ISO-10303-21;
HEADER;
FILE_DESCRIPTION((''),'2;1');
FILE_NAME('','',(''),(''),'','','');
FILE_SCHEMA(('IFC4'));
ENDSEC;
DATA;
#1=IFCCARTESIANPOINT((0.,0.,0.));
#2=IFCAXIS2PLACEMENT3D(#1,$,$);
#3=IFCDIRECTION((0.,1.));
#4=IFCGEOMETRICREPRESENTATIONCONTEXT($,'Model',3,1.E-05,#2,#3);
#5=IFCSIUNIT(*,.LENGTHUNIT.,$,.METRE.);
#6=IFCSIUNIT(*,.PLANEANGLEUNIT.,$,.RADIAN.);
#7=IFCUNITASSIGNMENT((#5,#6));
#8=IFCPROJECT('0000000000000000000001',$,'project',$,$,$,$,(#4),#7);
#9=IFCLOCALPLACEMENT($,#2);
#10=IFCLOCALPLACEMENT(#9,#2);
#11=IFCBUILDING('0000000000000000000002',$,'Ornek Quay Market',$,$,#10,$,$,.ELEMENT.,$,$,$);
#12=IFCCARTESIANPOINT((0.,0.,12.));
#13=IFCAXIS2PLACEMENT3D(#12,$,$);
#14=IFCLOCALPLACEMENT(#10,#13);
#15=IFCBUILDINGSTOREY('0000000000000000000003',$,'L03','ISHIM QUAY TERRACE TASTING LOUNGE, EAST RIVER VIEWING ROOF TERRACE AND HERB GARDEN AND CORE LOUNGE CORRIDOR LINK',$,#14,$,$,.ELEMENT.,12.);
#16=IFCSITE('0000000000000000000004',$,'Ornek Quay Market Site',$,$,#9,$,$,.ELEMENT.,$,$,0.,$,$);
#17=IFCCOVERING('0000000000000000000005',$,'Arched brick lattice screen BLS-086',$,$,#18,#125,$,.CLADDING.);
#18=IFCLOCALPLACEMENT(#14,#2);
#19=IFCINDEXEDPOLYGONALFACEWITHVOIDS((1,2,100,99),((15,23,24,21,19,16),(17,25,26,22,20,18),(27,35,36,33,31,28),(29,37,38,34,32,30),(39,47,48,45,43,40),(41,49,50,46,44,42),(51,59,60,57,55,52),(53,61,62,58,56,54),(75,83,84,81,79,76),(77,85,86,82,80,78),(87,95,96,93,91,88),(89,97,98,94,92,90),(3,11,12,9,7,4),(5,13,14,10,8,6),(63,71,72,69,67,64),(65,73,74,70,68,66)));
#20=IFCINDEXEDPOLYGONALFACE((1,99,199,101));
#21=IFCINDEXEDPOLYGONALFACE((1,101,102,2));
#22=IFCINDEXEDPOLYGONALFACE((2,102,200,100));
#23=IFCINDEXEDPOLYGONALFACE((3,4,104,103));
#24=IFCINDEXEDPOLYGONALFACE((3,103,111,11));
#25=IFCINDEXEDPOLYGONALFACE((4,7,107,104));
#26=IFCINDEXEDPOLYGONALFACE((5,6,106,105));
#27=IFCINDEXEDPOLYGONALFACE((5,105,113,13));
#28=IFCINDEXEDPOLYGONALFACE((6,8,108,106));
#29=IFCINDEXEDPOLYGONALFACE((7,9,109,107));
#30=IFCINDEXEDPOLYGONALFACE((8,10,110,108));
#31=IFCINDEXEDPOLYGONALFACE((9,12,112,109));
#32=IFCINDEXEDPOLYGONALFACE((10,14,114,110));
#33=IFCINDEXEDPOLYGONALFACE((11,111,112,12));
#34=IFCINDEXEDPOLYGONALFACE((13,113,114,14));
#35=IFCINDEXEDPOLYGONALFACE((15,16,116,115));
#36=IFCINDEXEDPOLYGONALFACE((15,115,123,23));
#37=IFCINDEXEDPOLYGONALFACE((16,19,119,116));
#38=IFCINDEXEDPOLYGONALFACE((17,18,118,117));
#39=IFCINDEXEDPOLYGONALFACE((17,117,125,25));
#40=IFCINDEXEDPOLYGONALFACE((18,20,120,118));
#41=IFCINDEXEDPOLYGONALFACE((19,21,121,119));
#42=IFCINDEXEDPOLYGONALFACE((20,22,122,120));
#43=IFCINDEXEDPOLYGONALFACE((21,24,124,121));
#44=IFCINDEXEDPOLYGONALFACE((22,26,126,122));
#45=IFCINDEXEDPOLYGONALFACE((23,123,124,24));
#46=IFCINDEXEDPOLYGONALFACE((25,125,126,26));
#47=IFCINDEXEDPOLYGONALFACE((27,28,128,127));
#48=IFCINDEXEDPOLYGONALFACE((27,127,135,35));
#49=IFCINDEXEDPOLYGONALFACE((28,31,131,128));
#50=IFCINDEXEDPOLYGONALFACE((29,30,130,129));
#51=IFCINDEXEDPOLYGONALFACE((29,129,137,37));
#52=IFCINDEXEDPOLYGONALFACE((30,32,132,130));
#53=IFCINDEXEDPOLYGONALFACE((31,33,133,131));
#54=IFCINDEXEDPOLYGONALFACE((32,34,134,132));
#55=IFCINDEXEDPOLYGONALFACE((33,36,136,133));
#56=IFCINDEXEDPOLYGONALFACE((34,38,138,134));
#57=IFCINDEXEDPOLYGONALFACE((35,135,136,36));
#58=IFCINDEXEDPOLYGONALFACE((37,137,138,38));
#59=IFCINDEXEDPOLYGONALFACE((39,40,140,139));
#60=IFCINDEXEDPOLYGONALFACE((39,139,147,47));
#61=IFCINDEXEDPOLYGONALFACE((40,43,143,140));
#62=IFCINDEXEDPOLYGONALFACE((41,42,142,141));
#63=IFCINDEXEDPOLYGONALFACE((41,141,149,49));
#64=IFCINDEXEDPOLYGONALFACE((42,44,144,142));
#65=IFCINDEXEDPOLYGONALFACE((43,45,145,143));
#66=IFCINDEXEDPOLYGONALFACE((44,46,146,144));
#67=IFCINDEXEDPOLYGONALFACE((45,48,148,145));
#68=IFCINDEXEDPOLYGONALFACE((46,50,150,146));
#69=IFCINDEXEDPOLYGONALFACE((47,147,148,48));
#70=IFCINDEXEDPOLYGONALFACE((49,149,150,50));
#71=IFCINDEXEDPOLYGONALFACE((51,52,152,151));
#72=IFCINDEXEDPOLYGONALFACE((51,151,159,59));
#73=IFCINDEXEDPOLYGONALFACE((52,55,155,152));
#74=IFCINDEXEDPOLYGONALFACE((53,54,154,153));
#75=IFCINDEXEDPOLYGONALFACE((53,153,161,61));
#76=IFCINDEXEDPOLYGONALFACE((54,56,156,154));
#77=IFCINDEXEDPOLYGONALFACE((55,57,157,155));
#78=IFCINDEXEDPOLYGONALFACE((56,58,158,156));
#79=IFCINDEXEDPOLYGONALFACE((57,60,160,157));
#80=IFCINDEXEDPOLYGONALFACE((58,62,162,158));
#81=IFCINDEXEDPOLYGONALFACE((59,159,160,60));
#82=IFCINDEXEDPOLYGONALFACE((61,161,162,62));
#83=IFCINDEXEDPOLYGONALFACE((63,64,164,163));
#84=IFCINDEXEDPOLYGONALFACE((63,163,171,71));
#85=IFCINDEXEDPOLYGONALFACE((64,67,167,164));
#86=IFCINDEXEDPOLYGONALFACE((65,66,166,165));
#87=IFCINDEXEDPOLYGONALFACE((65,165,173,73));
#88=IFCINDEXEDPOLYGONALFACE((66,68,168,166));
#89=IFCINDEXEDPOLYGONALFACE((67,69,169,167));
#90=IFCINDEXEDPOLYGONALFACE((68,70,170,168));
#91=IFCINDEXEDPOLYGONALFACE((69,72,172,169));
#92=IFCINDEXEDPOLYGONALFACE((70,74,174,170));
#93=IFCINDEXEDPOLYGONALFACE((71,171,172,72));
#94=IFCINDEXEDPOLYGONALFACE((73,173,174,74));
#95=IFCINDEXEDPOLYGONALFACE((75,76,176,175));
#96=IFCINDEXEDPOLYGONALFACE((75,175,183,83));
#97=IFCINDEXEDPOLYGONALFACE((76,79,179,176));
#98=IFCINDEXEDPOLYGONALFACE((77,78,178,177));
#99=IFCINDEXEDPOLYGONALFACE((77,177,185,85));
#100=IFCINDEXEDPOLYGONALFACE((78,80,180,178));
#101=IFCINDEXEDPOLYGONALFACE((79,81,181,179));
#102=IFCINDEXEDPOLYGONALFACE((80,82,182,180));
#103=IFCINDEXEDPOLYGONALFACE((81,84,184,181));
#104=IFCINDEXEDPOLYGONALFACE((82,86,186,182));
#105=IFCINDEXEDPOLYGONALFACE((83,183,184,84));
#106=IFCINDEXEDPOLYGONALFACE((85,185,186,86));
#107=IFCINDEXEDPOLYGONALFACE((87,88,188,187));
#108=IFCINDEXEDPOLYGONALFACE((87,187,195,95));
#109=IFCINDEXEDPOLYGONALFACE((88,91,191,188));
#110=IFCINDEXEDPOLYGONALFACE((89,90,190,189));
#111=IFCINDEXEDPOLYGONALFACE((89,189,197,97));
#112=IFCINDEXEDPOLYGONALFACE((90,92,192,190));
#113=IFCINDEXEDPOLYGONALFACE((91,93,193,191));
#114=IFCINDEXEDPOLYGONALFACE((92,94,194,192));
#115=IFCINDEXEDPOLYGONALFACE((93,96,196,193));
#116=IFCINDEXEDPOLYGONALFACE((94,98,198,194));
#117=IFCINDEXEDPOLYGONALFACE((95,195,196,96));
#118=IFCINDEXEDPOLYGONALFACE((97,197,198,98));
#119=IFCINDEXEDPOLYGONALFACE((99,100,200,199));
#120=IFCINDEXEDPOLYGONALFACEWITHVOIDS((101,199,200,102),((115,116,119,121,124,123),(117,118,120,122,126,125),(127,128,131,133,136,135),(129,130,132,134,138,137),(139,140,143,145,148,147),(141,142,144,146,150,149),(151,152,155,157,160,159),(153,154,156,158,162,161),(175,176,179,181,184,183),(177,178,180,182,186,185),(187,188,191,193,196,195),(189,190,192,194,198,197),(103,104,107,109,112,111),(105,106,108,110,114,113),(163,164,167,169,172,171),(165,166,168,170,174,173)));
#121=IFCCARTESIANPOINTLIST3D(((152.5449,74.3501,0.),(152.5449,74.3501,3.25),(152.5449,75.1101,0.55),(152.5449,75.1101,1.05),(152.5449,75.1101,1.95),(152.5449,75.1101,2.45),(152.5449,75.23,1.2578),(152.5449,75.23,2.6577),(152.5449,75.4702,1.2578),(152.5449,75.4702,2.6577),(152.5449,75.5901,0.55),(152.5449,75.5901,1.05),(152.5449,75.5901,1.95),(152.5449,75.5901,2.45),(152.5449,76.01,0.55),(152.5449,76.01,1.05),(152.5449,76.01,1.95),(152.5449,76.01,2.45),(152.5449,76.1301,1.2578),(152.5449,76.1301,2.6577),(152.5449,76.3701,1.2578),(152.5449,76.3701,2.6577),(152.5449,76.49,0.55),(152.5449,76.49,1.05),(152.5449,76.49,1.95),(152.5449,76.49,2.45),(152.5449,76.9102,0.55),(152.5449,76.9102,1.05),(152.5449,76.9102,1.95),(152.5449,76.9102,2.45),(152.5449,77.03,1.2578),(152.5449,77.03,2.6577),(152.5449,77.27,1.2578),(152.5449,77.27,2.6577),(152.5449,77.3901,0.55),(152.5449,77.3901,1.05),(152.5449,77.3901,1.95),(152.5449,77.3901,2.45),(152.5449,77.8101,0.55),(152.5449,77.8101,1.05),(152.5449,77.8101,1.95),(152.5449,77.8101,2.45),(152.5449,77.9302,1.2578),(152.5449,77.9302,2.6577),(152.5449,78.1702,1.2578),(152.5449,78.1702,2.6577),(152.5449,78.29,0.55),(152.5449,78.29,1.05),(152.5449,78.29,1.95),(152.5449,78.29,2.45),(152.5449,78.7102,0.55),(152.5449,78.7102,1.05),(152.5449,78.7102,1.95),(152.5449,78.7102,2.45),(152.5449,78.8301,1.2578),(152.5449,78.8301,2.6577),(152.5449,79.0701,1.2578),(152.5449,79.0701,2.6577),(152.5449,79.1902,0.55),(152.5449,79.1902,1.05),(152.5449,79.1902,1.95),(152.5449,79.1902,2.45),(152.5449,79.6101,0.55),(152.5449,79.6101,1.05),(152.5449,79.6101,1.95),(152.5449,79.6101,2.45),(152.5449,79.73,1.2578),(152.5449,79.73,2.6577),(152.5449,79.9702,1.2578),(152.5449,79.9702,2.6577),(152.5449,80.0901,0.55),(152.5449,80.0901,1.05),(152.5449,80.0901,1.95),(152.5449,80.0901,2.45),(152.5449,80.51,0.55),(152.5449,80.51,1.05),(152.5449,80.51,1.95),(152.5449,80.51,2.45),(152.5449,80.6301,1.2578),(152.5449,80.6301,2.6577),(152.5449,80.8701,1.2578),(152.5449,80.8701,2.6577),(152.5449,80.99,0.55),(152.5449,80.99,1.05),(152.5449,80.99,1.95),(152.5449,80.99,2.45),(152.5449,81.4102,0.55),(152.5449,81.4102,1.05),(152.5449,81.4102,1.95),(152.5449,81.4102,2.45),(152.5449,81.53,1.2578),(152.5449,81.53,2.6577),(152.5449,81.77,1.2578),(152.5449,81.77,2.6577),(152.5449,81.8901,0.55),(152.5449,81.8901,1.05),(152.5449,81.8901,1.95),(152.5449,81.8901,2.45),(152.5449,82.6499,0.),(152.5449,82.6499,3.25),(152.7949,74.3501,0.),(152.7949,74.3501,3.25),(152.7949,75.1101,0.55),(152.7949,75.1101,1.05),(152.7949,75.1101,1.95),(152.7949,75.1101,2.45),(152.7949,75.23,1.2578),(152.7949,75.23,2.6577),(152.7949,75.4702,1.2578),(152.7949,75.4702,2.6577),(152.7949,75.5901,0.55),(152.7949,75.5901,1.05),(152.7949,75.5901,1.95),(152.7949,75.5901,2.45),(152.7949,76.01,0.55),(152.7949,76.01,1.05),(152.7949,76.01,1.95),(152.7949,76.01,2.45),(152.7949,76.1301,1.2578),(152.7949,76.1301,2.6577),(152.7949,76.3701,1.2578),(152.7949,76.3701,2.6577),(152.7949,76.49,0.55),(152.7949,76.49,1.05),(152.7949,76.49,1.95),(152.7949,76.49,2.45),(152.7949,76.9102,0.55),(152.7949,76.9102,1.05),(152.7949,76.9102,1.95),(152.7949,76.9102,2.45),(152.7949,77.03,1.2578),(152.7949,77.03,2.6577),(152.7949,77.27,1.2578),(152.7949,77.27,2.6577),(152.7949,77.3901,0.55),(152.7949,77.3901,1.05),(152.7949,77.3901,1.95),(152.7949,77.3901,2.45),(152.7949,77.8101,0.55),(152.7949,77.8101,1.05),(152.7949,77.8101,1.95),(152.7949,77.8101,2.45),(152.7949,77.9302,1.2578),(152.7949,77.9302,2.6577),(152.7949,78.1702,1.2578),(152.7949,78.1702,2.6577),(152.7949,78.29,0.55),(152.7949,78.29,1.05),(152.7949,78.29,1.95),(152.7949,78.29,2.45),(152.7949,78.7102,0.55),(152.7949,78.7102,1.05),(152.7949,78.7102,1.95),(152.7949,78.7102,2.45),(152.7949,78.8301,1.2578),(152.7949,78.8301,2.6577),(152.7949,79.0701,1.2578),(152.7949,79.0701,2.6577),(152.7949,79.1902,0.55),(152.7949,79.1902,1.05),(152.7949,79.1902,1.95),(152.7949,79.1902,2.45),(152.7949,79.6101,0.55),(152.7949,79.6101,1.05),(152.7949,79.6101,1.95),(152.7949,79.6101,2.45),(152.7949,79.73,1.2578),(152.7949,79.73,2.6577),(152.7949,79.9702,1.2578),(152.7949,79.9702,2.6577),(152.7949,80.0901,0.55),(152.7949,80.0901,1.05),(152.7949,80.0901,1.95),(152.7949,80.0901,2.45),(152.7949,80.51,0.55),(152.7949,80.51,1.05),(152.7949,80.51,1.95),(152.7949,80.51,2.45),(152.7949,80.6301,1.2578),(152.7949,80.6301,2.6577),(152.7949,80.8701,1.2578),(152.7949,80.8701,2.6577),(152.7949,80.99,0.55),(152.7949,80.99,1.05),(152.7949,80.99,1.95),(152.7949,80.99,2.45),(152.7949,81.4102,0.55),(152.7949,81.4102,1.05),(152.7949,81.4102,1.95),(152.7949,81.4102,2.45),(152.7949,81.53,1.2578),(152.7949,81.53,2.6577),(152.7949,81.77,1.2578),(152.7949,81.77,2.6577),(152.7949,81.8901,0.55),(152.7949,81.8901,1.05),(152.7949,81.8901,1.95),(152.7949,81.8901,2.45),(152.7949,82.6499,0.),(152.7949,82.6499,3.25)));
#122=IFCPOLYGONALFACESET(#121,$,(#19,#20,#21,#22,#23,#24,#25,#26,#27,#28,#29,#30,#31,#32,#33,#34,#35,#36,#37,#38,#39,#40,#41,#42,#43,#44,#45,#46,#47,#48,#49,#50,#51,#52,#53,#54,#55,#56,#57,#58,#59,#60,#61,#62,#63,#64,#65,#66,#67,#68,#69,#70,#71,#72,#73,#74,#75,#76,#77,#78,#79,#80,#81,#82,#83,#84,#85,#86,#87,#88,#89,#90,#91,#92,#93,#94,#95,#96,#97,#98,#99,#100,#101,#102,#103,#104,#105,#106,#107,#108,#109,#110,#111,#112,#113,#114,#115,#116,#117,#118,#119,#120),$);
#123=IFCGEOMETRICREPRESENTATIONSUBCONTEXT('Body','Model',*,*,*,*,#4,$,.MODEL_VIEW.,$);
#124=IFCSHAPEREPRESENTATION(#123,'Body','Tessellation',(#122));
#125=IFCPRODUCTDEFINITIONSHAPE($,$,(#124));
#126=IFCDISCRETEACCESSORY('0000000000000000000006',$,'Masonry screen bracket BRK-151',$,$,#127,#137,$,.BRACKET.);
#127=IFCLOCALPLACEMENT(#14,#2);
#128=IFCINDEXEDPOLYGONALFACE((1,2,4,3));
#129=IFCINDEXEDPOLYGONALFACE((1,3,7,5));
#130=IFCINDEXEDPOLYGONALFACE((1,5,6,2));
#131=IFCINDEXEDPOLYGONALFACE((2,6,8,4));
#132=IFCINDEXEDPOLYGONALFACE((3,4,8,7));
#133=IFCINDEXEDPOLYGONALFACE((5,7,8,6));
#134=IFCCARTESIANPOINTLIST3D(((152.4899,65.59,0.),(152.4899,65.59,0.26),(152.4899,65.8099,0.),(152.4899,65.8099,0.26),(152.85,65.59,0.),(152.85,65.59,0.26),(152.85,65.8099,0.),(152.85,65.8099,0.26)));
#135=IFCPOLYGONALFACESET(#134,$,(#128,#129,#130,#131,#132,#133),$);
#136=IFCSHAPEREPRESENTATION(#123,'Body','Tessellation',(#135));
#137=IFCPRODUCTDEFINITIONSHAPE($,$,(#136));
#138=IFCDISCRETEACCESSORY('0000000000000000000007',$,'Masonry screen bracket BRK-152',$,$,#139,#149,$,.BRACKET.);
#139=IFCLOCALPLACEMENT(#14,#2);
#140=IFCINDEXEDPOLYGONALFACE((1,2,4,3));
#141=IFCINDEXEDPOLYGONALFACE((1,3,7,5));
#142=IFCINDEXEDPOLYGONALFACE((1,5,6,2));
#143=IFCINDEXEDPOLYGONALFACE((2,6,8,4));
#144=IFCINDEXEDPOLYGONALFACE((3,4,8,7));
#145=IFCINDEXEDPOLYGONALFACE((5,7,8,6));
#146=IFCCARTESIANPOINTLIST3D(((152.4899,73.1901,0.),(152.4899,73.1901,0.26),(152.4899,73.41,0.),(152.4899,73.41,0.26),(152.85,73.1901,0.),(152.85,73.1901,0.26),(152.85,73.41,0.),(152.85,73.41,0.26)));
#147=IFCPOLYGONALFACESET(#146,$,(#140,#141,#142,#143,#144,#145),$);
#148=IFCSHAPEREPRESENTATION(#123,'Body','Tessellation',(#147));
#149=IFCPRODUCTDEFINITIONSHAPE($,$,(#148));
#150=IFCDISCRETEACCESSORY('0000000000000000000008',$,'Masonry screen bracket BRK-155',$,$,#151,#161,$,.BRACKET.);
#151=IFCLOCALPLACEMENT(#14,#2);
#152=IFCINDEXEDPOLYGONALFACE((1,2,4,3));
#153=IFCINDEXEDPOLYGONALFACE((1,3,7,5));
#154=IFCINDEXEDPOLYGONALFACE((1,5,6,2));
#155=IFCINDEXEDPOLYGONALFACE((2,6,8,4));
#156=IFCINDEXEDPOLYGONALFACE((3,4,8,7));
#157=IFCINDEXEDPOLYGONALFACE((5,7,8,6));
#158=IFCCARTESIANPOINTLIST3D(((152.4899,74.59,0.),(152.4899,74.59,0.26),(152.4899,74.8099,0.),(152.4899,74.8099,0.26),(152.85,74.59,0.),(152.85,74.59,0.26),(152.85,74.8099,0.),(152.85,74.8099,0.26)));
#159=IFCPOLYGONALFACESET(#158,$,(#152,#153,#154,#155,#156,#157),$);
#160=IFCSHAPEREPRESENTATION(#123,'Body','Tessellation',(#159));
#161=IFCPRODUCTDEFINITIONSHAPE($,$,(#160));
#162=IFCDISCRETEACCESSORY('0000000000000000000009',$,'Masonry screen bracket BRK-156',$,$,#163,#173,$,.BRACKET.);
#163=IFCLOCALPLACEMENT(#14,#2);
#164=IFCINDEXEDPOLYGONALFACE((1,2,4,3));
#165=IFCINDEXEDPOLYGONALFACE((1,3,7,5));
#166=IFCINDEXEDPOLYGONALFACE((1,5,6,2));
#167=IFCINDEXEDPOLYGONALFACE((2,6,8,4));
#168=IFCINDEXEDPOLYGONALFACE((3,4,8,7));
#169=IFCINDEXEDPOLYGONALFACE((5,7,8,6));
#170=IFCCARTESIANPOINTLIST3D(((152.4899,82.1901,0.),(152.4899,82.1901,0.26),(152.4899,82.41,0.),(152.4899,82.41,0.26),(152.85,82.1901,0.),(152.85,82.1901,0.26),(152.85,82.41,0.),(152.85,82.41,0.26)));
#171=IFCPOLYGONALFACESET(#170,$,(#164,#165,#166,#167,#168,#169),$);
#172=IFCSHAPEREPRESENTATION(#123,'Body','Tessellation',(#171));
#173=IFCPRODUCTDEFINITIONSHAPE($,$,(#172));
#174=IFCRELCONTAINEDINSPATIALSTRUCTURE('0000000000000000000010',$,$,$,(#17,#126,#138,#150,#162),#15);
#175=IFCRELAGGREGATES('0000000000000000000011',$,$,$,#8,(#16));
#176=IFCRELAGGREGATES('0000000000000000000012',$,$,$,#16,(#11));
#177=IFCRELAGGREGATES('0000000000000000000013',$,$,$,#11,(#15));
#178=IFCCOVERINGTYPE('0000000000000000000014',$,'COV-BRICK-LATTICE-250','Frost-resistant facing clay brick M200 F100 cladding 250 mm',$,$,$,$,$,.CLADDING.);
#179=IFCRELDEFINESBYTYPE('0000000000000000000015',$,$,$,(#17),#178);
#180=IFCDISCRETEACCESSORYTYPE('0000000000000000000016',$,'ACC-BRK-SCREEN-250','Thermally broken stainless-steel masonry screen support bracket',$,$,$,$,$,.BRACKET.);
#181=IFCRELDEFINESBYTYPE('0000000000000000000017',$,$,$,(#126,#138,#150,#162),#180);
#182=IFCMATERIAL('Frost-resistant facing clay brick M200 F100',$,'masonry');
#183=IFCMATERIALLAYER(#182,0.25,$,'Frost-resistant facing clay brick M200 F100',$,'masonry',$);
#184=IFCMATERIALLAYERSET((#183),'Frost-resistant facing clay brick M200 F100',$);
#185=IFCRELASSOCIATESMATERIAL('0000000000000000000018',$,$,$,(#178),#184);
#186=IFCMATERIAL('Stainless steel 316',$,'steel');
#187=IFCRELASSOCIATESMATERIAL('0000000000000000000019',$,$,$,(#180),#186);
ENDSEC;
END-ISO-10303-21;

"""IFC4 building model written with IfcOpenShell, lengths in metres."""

from ifc_helpers import new_model, si_unit, direction, frame, origin, origin_2d, place, context, subcontext, project, spatial, polyline, rectangle, outline, extrude, material, layer, layer_set, type_object, element, save


model = new_model("IFC4")

# Units and contexts
model_context = context("Model", 3, precision=1e-05, world=origin(), true_north=direction((0.0, 1.0)))
body_context = subcontext(model_context, "Body", "Model", "MODEL_VIEW")
ifc_project = project(units=[si_unit("LENGTHUNIT", "METRE"), si_unit("PLANEANGLEUNIT", "RADIAN")], contexts=[model_context])

# Site, building, storey
site_placement = place(None, origin())
site = spatial("IfcSite", under=ifc_project, at=site_placement, Name="Ornek Quay Market Site", CompositionType="ELEMENT", RefElevation=0.0)
building_placement = place(site_placement, origin())
building = spatial("IfcBuilding", under=site, at=building_placement, Name="Ornek Quay Market", CompositionType="ELEMENT")
storey_placement = place(building_placement, frame((0.0, 0.0, 12.0)))
storey = spatial("IfcBuildingStorey", under=building, at=storey_placement, Name="L03", Description="ISHIM QUAY TERRACE TASTING LOUNGE, EAST RIVER VIEWING ROOF TERRACE AND HERB GARDEN AND CORE LOUNGE CORRIDOR LINK", CompositionType="ELEMENT", Elevation=12.0)

# Shared definitions
ifc_material_1 = material(Name="Frost-resistant facing clay brick M200 F100", Category="masonry")

# Covering
ifc_layer_1 = layer(ifc_material_1, 0.25, Name="Frost-resistant facing clay brick M200 F100", Category="masonry")
ifc_layer_set_1 = layer_set([ifc_layer_1], Name="Frost-resistant facing clay brick M200 F100")
covering_type = type_object("IfcCoveringType", Name="COV-BRICK-LATTICE-250", Description="Frost-resistant facing clay brick M200 F100 cladding 250 mm", PredefinedType="CLADDING", material=ifc_layer_set_1)
covering_1_placement = place(storey_placement, frame((152.6699, 74.3501, 0.0), z_axis=(0.0, 0.0, 1.0), x_axis=(0.0, 1.0, 0.0)))
element("IfcCovering", 1, at=covering_1_placement, inside=storey, type_object=covering_type, Name="Arched brick lattice screen BLS-086", PredefinedType="CLADDING", context=body_context, shape_type="SweptSolid", body=[
    extrude(outline(polyline([(0.0, 0.0), (8.2998, 0.0), (8.2998, 3.25), (0.0, 3.25), (0.0, 0.0)]), holes=[polyline([(0.76, 0.55), (1.24, 0.55), (1.24, 1.05), (1.1201, 1.2578), (0.8799, 1.2578), (0.76, 1.05), (0.76, 0.55)]), polyline([(0.76, 1.95), (1.24, 1.95), (1.24, 2.45), (1.1201, 2.6577), (0.8799, 2.6577), (0.76, 2.45), (0.76, 1.95)]), polyline([(1.6599, 0.55), (2.1399, 0.55), (2.1399, 1.05), (2.02, 1.2578), (1.78, 1.2578), (1.6599, 1.05), (1.6599, 0.55)]), polyline([(1.6599, 1.95), (2.1399, 1.95), (2.1399, 2.45), (2.02, 2.6577), (1.78, 2.6577), (1.6599, 2.45), (1.6599, 1.95)]), polyline([(2.5601, 0.55), (3.04, 0.55), (3.04, 1.05), (2.9199, 1.2578), (2.6799, 1.2578), (2.5601, 1.05), (2.5601, 0.55)]), polyline([(2.5601, 1.95), (3.04, 1.95), (3.04, 2.45), (2.9199, 2.6577), (2.6799, 2.6577), (2.5601, 2.45), (2.5601, 1.95)]), polyline([(3.46, 0.55), (3.9399, 0.55), (3.9399, 1.05), (3.8201, 1.2578), (3.5801, 1.2578), (3.46, 1.05), (3.46, 0.55)]), polyline([(3.46, 1.95), (3.9399, 1.95), (3.9399, 2.45), (3.8201, 2.6577), (3.5801, 2.6577), (3.46, 2.45), (3.46, 1.95)]), polyline([(4.3601, 0.55), (4.8401, 0.55), (4.8401, 1.05), (4.72, 1.2578), (4.48, 1.2578), (4.3601, 1.05), (4.3601, 0.55)]), polyline([(4.3601, 1.95), (4.8401, 1.95), (4.8401, 2.45), (4.72, 2.6577), (4.48, 2.6577), (4.3601, 2.45), (4.3601, 1.95)]), polyline([(5.26, 0.55), (5.74, 0.55), (5.74, 1.05), (5.6201, 1.2578), (5.3799, 1.2578), (5.26, 1.05), (5.26, 0.55)]), polyline([(5.26, 1.95), (5.74, 1.95), (5.74, 2.45), (5.6201, 2.6577), (5.3799, 2.6577), (5.26, 2.45), (5.26, 1.95)]), polyline([(6.1599, 0.55), (6.6399, 0.55), (6.6399, 1.05), (6.52, 1.2578), (6.28, 1.2578), (6.1599, 1.05), (6.1599, 0.55)]), polyline([(6.1599, 1.95), (6.6399, 1.95), (6.6399, 2.45), (6.52, 2.6577), (6.28, 2.6577), (6.1599, 2.45), (6.1599, 1.95)]), polyline([(7.0601, 0.55), (7.54, 0.55), (7.54, 1.05), (7.4199, 1.2578), (7.1799, 1.2578), (7.0601, 1.05), (7.0601, 0.55)]), polyline([(7.0601, 1.95), (7.54, 1.95), (7.54, 2.45), (7.4199, 2.6577), (7.1799, 2.6577), (7.0601, 2.45), (7.0601, 1.95)])]), frame((0.0, 0.125, 0.0), z_axis=(0.0, -1.0, 0.0), x_axis=(1.0, 0.0, 0.0)), (0.0, 0.0, 1.0), 0.25),
])

# Discrete accessories
ifc_material_2 = material(Name="Stainless steel 316", Category="steel")
discrete_accessory_type = type_object("IfcDiscreteAccessoryType", Name="ACC-BRK-SCREEN-250", Description="Thermally broken stainless-steel masonry screen support bracket", PredefinedType="BRACKET", material=ifc_material_2)
for number, where, z_axis, x_axis, name in (
    (2, (152.6699, 65.7, 0.0), (0.0, 0.0, 1.0), (0.0, 1.0, 0.0), "Masonry screen bracket BRK-151"),
    (3, (152.6699, 73.3, 0.0), (0.0, 0.0, 1.0), (0.0, 1.0, 0.0), "Masonry screen bracket BRK-152"),
    (4, (152.6699, 74.7, 0.0), (0.0, 0.0, 1.0), (0.0, 1.0, 0.0), "Masonry screen bracket BRK-155"),
    (5, (152.6699, 82.3, 0.0), (0.0, 0.0, 1.0), (0.0, 1.0, 0.0), "Masonry screen bracket BRK-156"),
):
    element("IfcDiscreteAccessory", number, at=place(storey_placement, frame(where, z_axis=z_axis, x_axis=x_axis)), inside=storey, type_object=discrete_accessory_type, Name=name, PredefinedType="BRACKET", context=body_context, shape_type="SweptSolid", body=[
        extrude(rectangle(XDim=0.22, YDim=0.3601, at=origin_2d()), origin(), (0.0, 0.0, 1.0), 0.26),
    ])

save(model, "model.ifc")
